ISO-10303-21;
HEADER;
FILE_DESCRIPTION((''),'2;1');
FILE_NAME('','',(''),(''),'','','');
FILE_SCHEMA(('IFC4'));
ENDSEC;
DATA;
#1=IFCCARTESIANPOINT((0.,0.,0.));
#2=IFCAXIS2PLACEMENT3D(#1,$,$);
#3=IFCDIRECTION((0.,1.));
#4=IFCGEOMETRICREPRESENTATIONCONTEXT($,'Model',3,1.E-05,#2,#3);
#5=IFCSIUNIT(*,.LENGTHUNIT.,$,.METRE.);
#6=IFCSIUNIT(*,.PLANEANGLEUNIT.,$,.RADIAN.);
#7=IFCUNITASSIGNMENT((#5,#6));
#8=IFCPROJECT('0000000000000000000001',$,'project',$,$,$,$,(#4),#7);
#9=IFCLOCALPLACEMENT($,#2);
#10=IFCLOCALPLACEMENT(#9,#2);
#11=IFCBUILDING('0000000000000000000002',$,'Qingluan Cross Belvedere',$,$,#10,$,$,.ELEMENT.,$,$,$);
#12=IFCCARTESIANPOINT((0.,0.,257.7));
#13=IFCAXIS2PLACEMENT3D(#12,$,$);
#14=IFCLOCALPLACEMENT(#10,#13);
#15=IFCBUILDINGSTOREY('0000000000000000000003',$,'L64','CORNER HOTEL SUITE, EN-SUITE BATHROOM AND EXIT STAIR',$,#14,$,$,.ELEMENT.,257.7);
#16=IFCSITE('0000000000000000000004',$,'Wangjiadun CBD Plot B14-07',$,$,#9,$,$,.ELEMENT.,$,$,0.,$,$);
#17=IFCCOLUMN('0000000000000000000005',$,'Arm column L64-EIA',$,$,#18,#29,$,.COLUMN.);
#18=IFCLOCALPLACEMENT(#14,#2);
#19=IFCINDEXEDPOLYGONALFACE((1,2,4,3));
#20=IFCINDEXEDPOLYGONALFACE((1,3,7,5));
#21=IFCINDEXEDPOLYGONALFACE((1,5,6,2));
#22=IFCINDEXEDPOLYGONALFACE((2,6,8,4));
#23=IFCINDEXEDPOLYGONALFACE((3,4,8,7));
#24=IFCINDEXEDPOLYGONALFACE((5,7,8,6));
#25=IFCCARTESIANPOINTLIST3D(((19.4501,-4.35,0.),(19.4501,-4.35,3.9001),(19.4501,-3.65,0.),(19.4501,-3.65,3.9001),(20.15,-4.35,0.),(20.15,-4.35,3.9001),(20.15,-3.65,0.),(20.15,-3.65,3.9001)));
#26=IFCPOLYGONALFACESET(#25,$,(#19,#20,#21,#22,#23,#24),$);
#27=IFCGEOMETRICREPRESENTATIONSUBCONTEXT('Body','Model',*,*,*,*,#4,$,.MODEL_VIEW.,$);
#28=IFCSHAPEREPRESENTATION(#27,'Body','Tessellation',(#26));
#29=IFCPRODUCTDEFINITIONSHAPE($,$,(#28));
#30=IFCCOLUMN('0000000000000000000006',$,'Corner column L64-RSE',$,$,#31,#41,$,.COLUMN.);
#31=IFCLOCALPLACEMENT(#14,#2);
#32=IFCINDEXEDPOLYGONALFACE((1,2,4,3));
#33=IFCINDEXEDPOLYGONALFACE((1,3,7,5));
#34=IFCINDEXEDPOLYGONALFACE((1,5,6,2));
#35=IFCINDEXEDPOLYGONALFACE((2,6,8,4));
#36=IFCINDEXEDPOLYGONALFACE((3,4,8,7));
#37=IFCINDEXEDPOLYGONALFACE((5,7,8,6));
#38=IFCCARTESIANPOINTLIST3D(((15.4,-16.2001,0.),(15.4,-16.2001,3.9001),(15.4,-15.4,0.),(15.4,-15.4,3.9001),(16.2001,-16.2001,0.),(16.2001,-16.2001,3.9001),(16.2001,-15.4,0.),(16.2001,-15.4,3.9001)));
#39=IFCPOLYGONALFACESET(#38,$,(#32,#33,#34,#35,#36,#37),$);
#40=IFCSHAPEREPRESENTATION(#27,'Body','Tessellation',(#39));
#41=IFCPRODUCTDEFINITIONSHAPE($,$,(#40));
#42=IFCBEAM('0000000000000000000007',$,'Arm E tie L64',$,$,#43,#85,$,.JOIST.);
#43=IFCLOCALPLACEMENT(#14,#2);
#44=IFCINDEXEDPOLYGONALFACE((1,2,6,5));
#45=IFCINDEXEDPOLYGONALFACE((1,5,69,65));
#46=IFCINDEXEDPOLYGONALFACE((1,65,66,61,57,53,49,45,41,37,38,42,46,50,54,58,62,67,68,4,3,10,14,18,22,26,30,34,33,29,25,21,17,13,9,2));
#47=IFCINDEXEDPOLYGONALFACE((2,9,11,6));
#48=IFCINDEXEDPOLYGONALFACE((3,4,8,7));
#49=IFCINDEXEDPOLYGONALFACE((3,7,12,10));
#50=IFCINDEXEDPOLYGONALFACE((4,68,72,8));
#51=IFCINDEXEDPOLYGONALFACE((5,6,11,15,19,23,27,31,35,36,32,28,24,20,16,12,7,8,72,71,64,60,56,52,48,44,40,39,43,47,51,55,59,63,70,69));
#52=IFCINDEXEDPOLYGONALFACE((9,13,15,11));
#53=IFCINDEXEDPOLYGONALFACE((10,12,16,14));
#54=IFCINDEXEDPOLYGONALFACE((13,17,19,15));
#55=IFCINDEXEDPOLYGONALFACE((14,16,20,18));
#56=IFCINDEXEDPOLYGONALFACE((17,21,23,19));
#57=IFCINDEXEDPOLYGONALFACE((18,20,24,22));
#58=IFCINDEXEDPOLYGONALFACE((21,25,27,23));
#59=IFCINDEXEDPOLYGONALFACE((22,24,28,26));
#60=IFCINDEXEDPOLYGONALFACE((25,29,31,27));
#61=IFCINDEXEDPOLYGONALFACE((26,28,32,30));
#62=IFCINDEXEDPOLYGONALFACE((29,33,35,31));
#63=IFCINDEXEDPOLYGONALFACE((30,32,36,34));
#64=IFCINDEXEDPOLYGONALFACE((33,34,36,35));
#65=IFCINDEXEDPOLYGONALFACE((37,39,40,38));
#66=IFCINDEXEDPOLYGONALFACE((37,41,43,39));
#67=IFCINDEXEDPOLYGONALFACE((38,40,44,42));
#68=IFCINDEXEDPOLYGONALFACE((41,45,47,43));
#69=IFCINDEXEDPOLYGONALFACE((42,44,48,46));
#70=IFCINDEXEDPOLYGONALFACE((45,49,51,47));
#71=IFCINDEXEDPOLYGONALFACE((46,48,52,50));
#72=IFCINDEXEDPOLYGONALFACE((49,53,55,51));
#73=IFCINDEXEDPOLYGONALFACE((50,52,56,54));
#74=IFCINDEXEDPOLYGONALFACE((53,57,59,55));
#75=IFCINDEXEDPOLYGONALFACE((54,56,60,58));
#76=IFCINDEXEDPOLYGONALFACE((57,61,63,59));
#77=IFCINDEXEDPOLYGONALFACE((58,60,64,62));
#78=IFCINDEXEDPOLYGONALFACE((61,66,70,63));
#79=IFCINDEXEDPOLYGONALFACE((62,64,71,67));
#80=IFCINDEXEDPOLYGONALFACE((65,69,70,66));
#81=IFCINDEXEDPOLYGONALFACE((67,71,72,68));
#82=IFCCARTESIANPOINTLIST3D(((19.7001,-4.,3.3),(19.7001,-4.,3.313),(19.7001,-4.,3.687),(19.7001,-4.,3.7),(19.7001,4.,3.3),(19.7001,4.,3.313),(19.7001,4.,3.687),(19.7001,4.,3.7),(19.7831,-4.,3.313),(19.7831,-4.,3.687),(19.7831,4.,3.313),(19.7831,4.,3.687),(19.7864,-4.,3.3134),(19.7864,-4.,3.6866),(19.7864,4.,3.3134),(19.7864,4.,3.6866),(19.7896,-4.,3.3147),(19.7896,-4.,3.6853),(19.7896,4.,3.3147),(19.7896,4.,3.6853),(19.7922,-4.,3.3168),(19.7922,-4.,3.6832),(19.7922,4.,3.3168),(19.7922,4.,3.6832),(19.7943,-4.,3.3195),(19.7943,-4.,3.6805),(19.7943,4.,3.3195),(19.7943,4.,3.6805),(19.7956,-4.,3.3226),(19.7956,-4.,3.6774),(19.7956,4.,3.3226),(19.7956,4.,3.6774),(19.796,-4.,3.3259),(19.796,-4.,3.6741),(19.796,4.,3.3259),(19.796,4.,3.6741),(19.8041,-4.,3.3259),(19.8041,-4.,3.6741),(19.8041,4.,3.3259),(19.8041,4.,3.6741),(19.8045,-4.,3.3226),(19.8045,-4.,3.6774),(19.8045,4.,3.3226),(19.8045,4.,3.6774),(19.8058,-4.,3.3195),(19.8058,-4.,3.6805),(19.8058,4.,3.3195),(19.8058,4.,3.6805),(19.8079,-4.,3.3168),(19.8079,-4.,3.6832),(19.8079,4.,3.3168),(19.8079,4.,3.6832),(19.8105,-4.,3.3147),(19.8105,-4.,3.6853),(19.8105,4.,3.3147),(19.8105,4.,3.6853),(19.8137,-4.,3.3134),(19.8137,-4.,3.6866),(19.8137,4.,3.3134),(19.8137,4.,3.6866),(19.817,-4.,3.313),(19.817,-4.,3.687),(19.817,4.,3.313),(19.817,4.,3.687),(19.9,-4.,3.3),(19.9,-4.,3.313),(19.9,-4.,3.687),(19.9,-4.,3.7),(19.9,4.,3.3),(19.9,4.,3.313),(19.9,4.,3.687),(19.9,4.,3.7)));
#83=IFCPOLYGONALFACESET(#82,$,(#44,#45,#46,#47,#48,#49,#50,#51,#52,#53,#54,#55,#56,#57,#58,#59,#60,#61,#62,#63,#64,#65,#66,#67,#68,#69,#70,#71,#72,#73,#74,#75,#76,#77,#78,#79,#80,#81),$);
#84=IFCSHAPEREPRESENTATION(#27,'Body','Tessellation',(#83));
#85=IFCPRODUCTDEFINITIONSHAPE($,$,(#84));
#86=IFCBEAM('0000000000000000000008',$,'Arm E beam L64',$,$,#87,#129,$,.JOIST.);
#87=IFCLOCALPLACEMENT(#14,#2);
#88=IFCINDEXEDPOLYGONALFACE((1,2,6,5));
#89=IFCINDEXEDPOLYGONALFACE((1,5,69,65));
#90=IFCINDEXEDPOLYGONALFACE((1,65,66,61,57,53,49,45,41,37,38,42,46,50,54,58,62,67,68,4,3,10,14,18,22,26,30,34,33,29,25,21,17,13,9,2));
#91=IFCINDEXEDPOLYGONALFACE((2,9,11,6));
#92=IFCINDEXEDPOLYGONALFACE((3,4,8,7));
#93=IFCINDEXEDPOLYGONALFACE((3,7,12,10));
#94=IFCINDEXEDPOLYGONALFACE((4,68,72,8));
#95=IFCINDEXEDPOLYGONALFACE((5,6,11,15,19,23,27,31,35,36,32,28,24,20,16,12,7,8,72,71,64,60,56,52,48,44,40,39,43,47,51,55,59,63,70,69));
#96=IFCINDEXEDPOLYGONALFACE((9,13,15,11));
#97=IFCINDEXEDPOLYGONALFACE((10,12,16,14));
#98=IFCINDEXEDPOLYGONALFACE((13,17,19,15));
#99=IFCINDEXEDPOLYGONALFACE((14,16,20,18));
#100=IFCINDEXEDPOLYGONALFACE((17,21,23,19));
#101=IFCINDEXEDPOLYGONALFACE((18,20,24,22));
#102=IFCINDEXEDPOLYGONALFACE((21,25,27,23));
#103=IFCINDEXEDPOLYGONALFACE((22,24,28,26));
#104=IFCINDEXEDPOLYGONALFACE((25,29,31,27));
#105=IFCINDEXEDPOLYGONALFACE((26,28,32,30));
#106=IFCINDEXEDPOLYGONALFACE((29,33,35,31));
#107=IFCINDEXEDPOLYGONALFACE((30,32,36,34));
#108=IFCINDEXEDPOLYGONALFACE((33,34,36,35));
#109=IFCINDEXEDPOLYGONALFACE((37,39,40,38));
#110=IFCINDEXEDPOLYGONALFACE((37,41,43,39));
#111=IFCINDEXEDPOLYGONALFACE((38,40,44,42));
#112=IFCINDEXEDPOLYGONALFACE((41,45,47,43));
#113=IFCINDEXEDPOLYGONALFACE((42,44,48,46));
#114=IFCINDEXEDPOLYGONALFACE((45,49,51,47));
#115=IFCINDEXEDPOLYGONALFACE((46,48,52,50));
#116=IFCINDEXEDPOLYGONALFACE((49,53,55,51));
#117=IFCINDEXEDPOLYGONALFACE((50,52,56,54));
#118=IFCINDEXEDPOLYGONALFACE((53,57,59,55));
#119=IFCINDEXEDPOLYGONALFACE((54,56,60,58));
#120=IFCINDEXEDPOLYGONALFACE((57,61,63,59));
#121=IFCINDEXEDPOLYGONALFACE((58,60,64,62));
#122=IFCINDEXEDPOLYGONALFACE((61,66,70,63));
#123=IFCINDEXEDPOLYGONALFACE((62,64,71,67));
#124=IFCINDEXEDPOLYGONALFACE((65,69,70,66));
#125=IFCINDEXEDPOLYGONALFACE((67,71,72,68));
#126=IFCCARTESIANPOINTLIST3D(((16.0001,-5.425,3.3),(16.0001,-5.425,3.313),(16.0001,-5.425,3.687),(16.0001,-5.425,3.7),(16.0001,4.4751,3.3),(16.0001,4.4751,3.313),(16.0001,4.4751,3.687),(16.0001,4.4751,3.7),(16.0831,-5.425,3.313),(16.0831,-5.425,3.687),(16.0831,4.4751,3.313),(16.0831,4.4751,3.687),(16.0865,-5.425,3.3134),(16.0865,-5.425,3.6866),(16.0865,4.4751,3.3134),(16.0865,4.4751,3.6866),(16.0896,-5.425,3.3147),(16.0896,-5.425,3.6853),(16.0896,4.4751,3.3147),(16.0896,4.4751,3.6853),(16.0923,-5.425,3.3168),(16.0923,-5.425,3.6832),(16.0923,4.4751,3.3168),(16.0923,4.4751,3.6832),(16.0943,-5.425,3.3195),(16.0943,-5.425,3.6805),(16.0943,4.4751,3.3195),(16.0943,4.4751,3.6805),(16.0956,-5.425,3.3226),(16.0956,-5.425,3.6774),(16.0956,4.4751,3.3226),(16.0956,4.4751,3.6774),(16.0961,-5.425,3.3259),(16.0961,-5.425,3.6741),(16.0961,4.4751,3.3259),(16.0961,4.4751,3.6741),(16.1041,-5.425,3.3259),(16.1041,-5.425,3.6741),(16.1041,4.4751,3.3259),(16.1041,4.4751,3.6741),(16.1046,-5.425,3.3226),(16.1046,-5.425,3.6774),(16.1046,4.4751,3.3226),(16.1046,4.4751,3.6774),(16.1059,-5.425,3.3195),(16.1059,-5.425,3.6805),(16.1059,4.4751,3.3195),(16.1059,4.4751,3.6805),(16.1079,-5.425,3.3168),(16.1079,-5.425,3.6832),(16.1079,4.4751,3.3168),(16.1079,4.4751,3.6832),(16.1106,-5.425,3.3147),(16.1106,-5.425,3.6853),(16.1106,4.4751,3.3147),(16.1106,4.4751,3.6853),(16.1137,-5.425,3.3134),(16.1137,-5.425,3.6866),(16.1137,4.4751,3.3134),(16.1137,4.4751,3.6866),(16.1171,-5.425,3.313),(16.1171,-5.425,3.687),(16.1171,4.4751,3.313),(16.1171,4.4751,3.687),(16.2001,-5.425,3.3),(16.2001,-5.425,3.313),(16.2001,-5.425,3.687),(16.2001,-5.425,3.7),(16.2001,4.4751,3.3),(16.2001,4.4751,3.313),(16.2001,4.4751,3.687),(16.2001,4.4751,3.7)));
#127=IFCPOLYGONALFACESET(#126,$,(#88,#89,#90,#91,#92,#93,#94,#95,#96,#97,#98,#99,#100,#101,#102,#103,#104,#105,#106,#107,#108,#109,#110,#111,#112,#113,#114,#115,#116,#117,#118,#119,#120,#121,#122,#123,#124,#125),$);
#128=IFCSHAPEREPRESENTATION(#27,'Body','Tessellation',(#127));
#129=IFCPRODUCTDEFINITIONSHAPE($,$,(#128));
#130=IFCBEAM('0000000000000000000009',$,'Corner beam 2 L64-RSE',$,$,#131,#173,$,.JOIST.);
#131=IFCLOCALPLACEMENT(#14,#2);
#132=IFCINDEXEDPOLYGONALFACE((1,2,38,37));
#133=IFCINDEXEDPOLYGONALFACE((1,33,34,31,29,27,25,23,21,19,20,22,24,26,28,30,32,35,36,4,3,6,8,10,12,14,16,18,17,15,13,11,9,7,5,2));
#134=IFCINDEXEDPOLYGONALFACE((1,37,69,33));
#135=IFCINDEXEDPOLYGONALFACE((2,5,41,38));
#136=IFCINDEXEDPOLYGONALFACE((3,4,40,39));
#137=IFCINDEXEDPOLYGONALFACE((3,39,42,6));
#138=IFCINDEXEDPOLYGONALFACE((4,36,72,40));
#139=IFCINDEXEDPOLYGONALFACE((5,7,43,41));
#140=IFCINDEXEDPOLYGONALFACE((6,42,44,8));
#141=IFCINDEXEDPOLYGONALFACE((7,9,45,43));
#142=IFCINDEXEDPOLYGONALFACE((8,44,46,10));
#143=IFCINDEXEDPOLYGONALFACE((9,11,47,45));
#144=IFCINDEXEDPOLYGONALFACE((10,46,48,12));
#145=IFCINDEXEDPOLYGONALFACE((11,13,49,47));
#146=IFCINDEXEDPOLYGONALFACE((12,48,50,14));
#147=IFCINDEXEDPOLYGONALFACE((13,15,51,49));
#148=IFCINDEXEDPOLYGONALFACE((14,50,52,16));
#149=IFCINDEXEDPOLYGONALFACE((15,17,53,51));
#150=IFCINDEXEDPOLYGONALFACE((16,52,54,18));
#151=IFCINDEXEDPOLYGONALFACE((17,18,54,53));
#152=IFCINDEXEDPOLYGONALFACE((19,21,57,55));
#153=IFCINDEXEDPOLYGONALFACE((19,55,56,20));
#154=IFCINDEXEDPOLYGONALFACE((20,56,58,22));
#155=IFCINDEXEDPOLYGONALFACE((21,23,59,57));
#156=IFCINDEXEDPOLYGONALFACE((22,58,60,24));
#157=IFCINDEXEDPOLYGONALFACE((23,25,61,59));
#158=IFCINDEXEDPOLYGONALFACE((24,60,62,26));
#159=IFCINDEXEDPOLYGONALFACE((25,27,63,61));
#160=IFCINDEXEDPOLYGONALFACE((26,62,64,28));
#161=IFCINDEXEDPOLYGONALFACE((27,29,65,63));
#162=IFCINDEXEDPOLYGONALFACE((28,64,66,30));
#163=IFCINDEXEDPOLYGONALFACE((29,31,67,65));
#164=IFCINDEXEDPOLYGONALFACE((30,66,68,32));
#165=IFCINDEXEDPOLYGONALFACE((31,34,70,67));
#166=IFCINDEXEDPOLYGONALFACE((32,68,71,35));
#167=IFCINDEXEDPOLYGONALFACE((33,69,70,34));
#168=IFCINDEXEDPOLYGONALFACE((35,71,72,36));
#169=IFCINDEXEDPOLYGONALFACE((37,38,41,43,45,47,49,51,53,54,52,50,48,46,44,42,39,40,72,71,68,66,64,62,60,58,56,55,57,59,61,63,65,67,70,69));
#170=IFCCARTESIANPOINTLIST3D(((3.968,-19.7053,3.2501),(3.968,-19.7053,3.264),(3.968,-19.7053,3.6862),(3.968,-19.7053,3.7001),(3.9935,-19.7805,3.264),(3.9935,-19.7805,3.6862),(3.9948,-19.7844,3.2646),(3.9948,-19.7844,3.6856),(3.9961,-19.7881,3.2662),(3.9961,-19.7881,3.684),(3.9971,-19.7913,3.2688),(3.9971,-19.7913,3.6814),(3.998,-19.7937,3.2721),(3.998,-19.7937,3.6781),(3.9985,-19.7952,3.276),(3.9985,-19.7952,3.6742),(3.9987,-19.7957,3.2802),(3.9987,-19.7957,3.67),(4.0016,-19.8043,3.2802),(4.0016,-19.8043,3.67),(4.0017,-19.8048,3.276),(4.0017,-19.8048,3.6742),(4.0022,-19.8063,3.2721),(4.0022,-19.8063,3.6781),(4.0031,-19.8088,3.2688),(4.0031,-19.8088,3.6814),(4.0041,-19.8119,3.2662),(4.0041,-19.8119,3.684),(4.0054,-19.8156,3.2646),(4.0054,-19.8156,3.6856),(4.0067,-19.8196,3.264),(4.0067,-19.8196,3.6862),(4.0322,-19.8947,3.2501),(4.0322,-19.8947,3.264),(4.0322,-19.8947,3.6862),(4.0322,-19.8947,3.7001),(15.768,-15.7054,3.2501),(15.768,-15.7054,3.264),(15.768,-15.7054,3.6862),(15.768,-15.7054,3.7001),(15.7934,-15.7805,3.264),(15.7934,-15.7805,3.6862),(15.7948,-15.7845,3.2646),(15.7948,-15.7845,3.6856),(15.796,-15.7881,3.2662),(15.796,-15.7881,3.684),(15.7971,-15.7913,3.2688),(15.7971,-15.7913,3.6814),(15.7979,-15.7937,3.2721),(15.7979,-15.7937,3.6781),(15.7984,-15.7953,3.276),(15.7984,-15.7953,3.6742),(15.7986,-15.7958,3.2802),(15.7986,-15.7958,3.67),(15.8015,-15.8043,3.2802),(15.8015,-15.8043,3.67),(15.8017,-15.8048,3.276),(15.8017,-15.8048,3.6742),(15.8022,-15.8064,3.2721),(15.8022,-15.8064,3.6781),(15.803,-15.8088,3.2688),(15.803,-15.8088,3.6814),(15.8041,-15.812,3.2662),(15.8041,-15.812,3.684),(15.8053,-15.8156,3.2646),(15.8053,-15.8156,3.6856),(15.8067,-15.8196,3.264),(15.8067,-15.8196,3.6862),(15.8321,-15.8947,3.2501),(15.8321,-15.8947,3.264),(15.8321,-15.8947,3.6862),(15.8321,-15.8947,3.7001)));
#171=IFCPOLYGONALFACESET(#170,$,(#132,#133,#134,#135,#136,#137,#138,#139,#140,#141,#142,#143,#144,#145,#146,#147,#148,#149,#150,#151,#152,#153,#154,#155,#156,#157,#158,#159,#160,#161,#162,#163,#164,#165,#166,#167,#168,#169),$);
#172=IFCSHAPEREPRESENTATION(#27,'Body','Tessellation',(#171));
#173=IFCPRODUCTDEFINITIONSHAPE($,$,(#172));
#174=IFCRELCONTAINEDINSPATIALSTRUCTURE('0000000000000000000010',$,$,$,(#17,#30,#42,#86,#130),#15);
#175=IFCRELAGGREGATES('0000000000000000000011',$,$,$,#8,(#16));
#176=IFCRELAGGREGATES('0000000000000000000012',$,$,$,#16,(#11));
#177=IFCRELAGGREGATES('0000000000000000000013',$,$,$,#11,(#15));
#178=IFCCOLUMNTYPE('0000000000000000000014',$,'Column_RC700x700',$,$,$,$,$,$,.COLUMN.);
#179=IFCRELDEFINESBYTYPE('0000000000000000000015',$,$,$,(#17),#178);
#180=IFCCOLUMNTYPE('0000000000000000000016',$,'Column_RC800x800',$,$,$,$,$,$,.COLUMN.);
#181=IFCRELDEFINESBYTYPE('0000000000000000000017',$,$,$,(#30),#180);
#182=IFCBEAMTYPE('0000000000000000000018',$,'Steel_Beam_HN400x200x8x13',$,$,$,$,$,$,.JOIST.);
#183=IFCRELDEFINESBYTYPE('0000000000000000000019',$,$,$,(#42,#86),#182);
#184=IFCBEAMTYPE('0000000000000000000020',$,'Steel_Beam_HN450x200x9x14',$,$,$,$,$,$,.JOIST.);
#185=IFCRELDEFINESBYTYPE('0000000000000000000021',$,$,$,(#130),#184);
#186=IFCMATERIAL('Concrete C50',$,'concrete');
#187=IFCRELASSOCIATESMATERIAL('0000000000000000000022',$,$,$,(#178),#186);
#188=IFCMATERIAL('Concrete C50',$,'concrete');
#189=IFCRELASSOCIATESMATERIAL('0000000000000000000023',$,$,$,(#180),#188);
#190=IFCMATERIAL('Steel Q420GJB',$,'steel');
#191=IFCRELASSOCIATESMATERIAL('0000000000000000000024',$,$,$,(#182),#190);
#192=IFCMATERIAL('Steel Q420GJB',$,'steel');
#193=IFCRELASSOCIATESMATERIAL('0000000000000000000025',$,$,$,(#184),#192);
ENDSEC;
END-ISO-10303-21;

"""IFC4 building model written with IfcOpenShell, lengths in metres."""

from ifc_helpers import new_model, si_unit, direction, frame, origin, origin_2d, place, context, subcontext, project, spatial, rectangle, i_section, extrude, material, material_profile, profile_set, type_object, element, save


model = new_model("IFC4")

# Units and contexts
model_context = context("Model", 3, precision=1e-05, world=origin(), true_north=direction((0.0, 1.0)))
body_context = subcontext(model_context, "Body", "Model", "MODEL_VIEW")
ifc_project = project(units=[si_unit("LENGTHUNIT", "METRE"), si_unit("PLANEANGLEUNIT", "RADIAN")], contexts=[model_context])

# Site, building, storey
site_placement = place(None, origin())
site = spatial("IfcSite", under=ifc_project, at=site_placement, Name="Wangjiadun CBD Plot B14-07", CompositionType="ELEMENT", RefElevation=0.0)
building_placement = place(site_placement, origin())
building = spatial("IfcBuilding", under=site, at=building_placement, Name="Qingluan Cross Belvedere", CompositionType="ELEMENT")
storey_placement = place(building_placement, frame((0.0, 0.0, 257.7)))
storey = spatial("IfcBuildingStorey", under=building, at=storey_placement, Name="L64", Description="CORNER HOTEL SUITE, EN-SUITE BATHROOM AND EXIT STAIR", CompositionType="ELEMENT", Elevation=257.7)

# Columns
ifc_material_1 = material(Name="Concrete C50", Category="concrete")
ifc_material_profile_1 = material_profile(ifc_material_1, rectangle(XDim=0.7, YDim=0.7, at=origin_2d()), Name="RC700x700")
ifc_profile_set_1 = profile_set([ifc_material_profile_1], Name="Concrete C50")
column_type_1 = type_object("IfcColumnType", Name="Column_RC700x700", PredefinedType="COLUMN", material=ifc_profile_set_1)
column_1_placement = place(storey_placement, frame((19.8, -4.0, 0.0), z_axis=(0.0, 0.0, 1.0), x_axis=(1.0, 0.0, 0.0)))
element("IfcColumn", 1, at=column_1_placement, inside=storey, type_object=column_type_1, Name="Arm column L64-EIA", PredefinedType="COLUMN", context=body_context, shape_type="SweptSolid", body=[
    extrude(rectangle(XDim=0.7, YDim=0.7, at=origin_2d()), origin(), (0.0, 0.0, 1.0), 3.9001),
])
ifc_material_2 = material(Name="Concrete C50", Category="concrete")
ifc_material_profile_2 = material_profile(ifc_material_2, rectangle(XDim=0.8, YDim=0.8, at=origin_2d()), Name="RC800x800")
ifc_profile_set_2 = profile_set([ifc_material_profile_2], Name="Concrete C50")
column_type_2 = type_object("IfcColumnType", Name="Column_RC800x800", PredefinedType="COLUMN", material=ifc_profile_set_2)
column_2_placement = place(storey_placement, frame((15.8, -15.8, 0.0), z_axis=(0.0, 0.0, 1.0), x_axis=(1.0, 0.0, 0.0)))
element("IfcColumn", 2, at=column_2_placement, inside=storey, type_object=column_type_2, Name="Corner column L64-RSE", PredefinedType="COLUMN", context=body_context, shape_type="SweptSolid", body=[
    extrude(rectangle(XDim=0.8, YDim=0.8, at=origin_2d()), origin(), (0.0, 0.0, 1.0), 3.9001),
])

# Beams
ifc_material_3 = material(Name="Steel Q420GJB", Category="steel")
ifc_material_profile_3 = material_profile(ifc_material_3, i_section(OverallWidth=0.2, OverallDepth=0.3999, WebThickness=0.0081, FlangeThickness=0.0129, FilletRadius=0.0129, at=origin_2d()), Name="HN400x200x8x13")
ifc_profile_set_3 = profile_set([ifc_material_profile_3], Name="Steel Q420GJB")
beam_type_1 = type_object("IfcBeamType", Name="Steel_Beam_HN400x200x8x13", PredefinedType="JOIST", material=ifc_profile_set_3)
beam_1_placement = place(storey_placement, frame((19.8, -4.0, 3.5), z_axis=(0.0, 1.0, 0.0), x_axis=(-1.0, 0.0, 0.0)))
element("IfcBeam", 3, at=beam_1_placement, inside=storey, type_object=beam_type_1, Name="Arm E tie L64", PredefinedType="JOIST", context=body_context, shape_type="SweptSolid", body=[
    extrude(i_section(OverallWidth=0.2, OverallDepth=0.3999, WebThickness=0.0081, FlangeThickness=0.0129, FilletRadius=0.0129, at=origin_2d()), origin(), (0.0, 0.0, 1.0), 8.0),
])
beam_2_placement = place(storey_placement, frame((16.1001, -5.425, 3.5), z_axis=(0.0, 1.0, 0.0), x_axis=(-1.0, 0.0, 0.0)))
element("IfcBeam", 4, at=beam_2_placement, inside=storey, type_object=beam_type_1, Name="Arm E beam L64", PredefinedType="JOIST", context=body_context, shape_type="SweptSolid", body=[
    extrude(i_section(OverallWidth=0.2, OverallDepth=0.3999, WebThickness=0.0081, FlangeThickness=0.0129, FilletRadius=0.0129, at=origin_2d()), origin(), (0.0, 0.0, 1.0), 9.9001),
])
ifc_material_4 = material(Name="Steel Q420GJB", Category="steel")
ifc_material_profile_4 = material_profile(ifc_material_4, i_section(OverallWidth=0.2, OverallDepth=0.45, WebThickness=0.009, FlangeThickness=0.0139, FilletRadius=0.0161, at=origin_2d()), Name="HN450x200x9x14")
ifc_profile_set_4 = profile_set([ifc_material_profile_4], Name="Steel Q420GJB")
beam_type_2 = type_object("IfcBeamType", Name="Steel_Beam_HN450x200x9x14", PredefinedType="JOIST", material=ifc_profile_set_4)
for number, where, z_axis, x_axis, name in (
    (5, (15.8, -15.8, 3.4751), (-0.947066, -0.321038, 0.0), (0.321038, -0.947066, 0.0), "Corner beam 2 L64-RSE"),
):
    element("IfcBeam", number, at=place(storey_placement, frame(where, z_axis=z_axis, x_axis=x_axis)), inside=storey, type_object=beam_type_2, Name=name, PredefinedType="JOIST", context=body_context, shape_type="SweptSolid", body=[
        extrude(i_section(OverallWidth=0.2, OverallDepth=0.45, WebThickness=0.009, FlangeThickness=0.0139, FilletRadius=0.0161, at=origin_2d()), origin(), (0.0, 0.0, 1.0), 12.4595),
    ])

save(model, "model.ifc")
